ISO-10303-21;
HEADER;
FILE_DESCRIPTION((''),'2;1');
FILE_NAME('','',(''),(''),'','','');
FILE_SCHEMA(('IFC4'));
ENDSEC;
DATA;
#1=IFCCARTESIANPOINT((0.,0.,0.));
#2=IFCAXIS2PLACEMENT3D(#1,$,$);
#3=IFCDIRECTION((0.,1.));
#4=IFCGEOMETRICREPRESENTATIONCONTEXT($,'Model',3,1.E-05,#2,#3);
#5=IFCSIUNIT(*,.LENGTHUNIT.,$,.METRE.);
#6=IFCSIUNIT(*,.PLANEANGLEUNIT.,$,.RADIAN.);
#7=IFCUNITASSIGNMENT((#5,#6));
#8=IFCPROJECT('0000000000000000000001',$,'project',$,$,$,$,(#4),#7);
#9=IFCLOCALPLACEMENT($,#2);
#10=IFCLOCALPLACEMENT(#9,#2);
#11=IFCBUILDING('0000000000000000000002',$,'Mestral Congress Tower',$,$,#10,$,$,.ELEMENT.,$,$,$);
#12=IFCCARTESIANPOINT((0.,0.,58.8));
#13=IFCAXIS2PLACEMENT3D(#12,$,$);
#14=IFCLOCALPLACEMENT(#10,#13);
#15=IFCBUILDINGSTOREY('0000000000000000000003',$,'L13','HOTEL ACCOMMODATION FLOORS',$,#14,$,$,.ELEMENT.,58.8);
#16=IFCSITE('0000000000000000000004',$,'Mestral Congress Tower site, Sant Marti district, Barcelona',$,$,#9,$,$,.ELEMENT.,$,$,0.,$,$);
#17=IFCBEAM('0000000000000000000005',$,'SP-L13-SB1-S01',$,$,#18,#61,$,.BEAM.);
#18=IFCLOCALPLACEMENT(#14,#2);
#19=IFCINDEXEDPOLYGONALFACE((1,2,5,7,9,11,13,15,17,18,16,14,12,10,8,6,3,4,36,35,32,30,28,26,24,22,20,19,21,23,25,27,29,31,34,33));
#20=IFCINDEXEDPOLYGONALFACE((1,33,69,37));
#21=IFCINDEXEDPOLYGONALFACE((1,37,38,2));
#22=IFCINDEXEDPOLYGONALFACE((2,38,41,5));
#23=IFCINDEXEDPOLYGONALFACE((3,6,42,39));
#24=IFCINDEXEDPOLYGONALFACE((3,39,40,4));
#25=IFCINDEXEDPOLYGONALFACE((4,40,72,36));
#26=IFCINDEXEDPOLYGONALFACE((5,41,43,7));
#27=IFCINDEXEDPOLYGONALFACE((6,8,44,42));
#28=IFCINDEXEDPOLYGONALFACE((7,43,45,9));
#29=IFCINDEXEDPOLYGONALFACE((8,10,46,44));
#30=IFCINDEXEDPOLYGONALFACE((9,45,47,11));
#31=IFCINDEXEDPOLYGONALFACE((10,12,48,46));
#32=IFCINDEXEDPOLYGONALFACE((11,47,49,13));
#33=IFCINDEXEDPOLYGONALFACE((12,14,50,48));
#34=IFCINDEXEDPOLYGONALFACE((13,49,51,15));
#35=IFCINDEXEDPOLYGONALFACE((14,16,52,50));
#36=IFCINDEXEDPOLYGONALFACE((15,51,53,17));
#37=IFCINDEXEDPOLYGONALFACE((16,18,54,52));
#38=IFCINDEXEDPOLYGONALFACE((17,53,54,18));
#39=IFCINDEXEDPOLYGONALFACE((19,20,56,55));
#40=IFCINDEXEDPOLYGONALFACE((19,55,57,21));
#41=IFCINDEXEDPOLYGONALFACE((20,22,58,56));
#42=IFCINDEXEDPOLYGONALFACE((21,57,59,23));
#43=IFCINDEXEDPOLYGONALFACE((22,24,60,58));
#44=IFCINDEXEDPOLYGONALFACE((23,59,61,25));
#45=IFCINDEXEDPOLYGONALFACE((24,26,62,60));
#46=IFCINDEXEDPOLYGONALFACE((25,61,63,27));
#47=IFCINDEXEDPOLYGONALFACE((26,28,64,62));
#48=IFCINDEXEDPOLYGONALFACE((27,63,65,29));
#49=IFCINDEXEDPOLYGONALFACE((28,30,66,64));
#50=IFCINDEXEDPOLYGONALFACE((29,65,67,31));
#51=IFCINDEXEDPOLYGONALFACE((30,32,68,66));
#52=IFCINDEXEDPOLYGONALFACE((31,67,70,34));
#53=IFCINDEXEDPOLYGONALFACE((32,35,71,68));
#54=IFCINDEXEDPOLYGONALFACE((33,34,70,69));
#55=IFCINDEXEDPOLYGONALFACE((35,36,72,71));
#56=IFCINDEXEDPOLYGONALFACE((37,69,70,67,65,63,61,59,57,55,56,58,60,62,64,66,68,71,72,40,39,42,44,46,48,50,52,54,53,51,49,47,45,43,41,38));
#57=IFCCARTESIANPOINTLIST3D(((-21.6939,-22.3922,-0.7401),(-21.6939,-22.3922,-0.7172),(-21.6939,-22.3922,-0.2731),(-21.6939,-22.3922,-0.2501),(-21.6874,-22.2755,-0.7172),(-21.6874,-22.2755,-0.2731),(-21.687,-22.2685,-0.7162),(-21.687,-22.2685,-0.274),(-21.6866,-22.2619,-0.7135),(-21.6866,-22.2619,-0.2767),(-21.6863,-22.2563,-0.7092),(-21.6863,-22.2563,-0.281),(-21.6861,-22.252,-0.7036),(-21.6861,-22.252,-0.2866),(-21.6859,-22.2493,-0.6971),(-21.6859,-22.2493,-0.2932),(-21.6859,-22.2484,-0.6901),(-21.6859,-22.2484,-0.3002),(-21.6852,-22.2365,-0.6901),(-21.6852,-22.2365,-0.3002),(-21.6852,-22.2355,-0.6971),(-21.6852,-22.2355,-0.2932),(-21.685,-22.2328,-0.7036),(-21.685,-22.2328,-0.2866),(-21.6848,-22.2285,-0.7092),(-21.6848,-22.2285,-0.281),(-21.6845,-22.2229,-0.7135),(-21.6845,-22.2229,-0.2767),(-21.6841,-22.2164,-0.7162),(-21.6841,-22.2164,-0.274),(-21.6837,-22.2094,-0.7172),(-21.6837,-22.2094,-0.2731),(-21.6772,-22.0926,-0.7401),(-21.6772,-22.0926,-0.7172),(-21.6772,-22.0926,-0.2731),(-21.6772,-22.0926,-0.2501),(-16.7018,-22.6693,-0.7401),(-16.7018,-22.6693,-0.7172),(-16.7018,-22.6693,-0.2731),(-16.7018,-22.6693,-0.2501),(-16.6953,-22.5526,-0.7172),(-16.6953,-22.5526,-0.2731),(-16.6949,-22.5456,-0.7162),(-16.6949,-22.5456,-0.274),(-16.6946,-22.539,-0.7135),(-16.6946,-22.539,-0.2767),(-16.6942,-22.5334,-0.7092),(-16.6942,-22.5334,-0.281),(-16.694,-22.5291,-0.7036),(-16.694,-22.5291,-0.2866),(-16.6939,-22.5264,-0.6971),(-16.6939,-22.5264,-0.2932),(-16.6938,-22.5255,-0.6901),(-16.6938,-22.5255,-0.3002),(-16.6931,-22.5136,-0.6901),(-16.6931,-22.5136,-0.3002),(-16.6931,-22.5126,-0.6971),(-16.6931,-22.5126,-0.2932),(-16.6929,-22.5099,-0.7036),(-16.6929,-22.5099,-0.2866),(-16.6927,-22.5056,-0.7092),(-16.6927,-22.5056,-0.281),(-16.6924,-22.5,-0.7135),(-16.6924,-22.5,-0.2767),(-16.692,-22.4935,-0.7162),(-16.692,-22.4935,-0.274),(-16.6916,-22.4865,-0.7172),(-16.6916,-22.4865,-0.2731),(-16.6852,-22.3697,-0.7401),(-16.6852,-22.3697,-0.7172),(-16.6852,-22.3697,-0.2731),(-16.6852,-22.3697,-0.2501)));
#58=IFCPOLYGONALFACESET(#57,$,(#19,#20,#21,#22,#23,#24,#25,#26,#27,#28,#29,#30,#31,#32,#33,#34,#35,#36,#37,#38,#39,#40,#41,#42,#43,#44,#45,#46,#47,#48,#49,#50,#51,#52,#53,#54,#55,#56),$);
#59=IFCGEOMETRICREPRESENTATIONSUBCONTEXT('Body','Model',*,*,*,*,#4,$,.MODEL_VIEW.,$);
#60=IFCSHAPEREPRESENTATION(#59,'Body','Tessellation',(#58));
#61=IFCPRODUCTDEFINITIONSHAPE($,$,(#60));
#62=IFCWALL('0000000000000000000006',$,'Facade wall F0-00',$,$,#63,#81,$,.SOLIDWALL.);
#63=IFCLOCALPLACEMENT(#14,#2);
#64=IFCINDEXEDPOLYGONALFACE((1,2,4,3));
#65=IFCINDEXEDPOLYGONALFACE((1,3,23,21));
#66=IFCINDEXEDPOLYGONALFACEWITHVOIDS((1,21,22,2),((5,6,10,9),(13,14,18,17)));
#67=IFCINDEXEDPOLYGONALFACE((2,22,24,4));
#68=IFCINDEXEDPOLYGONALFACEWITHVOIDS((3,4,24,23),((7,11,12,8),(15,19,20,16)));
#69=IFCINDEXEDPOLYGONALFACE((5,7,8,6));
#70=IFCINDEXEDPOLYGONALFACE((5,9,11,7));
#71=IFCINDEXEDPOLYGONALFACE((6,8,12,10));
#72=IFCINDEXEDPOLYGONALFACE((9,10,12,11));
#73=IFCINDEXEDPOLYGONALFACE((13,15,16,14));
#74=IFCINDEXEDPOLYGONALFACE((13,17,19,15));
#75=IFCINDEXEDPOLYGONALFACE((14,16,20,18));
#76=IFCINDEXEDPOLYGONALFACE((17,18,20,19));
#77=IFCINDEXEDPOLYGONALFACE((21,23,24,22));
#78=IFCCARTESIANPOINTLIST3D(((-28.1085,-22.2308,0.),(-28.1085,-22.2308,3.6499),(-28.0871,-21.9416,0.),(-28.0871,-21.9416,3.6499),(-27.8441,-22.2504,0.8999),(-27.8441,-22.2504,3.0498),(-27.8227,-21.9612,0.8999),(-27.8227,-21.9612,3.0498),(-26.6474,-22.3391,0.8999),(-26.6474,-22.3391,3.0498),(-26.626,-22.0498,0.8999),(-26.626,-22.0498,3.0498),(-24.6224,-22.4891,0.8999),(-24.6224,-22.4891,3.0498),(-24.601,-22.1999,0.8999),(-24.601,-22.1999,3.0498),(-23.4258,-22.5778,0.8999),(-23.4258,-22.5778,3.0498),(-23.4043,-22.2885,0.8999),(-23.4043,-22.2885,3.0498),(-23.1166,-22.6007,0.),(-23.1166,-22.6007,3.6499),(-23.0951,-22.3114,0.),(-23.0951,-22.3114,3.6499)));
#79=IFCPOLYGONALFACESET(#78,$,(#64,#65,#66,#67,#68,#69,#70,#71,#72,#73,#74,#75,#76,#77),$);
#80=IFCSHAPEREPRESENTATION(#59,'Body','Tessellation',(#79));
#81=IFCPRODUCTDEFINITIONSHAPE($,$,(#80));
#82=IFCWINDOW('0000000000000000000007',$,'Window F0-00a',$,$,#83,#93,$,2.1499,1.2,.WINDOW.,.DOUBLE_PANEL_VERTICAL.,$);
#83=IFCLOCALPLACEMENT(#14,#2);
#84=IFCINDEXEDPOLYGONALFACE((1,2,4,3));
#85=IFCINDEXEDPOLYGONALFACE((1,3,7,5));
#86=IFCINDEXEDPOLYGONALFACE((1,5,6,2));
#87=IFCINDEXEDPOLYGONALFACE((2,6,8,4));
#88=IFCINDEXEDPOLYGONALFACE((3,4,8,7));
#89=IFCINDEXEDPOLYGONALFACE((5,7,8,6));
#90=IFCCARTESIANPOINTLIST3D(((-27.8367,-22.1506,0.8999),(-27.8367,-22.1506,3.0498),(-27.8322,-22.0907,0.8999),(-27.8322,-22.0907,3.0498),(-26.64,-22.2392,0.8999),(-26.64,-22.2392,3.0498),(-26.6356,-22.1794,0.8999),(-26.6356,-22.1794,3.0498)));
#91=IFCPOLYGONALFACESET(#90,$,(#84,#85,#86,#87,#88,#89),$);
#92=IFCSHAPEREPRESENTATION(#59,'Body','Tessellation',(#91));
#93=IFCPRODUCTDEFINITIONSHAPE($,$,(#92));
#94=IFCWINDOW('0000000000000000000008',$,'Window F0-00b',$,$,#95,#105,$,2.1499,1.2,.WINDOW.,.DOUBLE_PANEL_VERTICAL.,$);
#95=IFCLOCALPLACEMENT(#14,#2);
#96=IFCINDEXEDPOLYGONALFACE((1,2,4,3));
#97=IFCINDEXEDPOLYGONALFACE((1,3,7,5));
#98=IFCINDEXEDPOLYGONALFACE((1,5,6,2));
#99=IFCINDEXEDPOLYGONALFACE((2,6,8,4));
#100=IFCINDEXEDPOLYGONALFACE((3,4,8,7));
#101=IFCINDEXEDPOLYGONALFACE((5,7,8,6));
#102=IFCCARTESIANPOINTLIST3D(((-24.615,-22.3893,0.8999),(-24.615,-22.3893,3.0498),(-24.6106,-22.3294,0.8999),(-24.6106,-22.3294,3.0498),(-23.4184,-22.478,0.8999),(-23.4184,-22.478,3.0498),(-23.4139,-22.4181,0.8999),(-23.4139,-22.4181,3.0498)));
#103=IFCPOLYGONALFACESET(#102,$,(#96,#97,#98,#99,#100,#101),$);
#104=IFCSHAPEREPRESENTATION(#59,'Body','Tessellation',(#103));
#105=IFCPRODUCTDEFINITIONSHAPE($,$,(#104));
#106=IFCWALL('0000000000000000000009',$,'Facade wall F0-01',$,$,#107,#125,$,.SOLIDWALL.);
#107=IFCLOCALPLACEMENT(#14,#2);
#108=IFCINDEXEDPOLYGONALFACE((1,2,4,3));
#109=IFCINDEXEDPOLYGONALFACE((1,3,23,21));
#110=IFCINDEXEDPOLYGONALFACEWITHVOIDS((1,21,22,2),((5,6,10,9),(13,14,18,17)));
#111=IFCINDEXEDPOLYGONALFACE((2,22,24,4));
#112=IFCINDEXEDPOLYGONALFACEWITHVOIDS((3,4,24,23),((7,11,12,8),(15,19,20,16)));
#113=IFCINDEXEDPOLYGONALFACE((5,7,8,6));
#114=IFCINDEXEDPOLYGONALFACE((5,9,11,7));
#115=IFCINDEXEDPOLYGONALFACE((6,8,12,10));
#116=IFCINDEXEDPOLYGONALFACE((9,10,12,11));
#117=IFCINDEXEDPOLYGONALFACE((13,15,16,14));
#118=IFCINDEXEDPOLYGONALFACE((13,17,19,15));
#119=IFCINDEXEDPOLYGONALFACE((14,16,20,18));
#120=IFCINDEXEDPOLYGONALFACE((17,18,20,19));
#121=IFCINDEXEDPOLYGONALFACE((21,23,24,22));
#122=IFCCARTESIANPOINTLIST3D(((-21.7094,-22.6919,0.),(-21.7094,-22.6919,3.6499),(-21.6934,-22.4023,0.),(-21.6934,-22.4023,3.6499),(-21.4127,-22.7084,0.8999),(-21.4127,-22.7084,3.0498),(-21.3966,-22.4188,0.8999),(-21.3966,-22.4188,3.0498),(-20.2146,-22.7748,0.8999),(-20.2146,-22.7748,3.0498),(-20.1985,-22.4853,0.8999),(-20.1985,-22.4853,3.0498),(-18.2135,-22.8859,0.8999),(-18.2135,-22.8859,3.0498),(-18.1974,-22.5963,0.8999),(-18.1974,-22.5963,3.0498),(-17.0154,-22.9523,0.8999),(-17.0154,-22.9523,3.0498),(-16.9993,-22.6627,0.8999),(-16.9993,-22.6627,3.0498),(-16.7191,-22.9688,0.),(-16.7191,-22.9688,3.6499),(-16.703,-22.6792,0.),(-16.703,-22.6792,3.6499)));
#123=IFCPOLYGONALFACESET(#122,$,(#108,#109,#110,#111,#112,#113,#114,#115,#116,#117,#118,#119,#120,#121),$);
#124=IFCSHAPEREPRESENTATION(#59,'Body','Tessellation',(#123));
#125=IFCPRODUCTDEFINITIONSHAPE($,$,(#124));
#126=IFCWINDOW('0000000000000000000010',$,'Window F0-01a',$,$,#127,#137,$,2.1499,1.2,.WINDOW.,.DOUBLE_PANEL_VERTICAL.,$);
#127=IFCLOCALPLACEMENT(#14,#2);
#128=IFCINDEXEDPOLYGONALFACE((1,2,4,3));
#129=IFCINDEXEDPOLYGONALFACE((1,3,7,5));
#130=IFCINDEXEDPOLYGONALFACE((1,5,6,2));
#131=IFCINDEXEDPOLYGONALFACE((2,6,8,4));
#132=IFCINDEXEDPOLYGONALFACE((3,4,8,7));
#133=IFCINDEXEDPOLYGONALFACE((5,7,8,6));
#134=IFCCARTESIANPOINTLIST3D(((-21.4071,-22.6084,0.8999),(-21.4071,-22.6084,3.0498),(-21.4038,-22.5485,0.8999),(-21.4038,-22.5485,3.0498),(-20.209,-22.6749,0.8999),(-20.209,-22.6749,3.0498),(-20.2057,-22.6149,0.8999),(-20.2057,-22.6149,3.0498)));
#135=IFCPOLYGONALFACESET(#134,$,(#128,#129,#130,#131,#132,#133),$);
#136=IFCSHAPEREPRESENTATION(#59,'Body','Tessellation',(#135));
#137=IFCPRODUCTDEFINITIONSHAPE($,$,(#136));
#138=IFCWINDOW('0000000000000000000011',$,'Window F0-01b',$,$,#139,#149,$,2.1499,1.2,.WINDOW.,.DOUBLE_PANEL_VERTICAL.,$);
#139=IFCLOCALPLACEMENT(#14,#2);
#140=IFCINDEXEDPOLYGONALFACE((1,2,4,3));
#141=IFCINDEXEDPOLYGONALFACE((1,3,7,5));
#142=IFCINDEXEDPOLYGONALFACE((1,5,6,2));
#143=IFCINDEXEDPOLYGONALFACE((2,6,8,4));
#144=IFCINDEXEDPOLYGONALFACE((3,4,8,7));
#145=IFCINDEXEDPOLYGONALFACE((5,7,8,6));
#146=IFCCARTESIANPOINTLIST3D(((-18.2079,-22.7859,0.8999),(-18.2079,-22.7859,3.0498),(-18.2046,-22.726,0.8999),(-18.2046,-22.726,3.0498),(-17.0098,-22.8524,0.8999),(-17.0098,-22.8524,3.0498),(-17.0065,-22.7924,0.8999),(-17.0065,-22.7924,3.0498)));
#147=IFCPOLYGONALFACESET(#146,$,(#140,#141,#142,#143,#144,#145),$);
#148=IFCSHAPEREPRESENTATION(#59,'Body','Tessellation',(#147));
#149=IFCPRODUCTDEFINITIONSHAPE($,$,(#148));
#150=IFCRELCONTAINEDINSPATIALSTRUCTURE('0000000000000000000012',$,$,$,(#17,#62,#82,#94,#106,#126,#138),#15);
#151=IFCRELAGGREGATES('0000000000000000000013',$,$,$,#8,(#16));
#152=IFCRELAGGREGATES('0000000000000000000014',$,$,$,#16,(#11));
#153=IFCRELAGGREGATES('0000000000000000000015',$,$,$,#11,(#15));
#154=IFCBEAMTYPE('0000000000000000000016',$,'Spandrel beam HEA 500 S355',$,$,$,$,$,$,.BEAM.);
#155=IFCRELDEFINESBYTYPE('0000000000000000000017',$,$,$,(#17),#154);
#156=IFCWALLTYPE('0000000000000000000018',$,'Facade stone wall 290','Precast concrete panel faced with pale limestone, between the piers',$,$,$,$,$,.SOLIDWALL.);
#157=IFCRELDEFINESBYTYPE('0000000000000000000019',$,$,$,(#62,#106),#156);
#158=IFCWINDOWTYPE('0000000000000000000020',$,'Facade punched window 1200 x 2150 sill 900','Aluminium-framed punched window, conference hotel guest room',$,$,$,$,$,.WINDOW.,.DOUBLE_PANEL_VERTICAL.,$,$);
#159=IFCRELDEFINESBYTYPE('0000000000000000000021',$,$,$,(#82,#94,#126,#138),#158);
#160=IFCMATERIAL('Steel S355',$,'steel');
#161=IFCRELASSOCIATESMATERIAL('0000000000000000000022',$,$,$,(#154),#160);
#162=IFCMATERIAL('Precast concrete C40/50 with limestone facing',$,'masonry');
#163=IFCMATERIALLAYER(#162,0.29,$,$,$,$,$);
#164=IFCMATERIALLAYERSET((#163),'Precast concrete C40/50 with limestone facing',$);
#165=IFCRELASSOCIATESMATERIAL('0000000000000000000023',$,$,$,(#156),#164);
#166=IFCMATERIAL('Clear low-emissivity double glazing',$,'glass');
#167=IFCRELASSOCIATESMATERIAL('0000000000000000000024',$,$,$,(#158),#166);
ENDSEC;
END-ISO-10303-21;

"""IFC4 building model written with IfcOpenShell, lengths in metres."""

from ifc_helpers import new_model, si_unit, direction, frame, frame_2d, origin, origin_2d, place, context, subcontext, project, spatial, rectangle, i_section, extrude, material, layer, layer_set, material_profile, profile_set, type_object, element, fill, save


model = new_model("IFC4")

# Units and contexts
model_context = context("Model", 3, precision=1e-05, world=origin(), true_north=direction((0.0, 1.0)))
body_context = subcontext(model_context, "Body", "Model", "MODEL_VIEW")
ifc_project = project(units=[si_unit("LENGTHUNIT", "METRE"), si_unit("PLANEANGLEUNIT", "RADIAN")], contexts=[model_context])

# Site, building, storey
site_placement = place(None, origin())
site = spatial("IfcSite", under=ifc_project, at=site_placement, Name="Mestral Congress Tower site, Sant Marti district, Barcelona", CompositionType="ELEMENT", RefElevation=0.0)
building_placement = place(site_placement, origin())
building = spatial("IfcBuilding", under=site, at=building_placement, Name="Mestral Congress Tower", CompositionType="ELEMENT")
storey_placement = place(building_placement, frame((0.0, 0.0, 58.8)))
storey = spatial("IfcBuildingStorey", under=building, at=storey_placement, Name="L13", Description="HOTEL ACCOMMODATION FLOORS", CompositionType="ELEMENT", Elevation=58.8)

# Beam
ifc_material_1 = material(Name="Steel S355", Category="steel")
ifc_material_profile_1 = material_profile(ifc_material_1, i_section(OverallWidth=0.3, OverallDepth=0.49, WebThickness=0.012, FlangeThickness=0.0229, FilletRadius=0.0271, at=origin_2d()), Name="HEA 500")
ifc_profile_set_1 = profile_set([ifc_material_profile_1], Name="Steel S355")
beam_type_1 = type_object("IfcBeamType", Name="Spandrel beam HEA 500 S355", PredefinedType="BEAM", material=ifc_profile_set_1)
beam_1_placement = place(storey_placement, frame((-21.6855, -22.2424, -0.4951), z_axis=(0.998463, -0.055421, 0.0), x_axis=(0.055421, 0.998463, 0.0)))
element("IfcBeam", 1, at=beam_1_placement, inside=storey, type_object=beam_type_1, Name="SP-L13-SB1-S01", PredefinedType="BEAM", context=body_context, shape_type="SweptSolid", body=[
    extrude(i_section(OverallWidth=0.3, OverallDepth=0.49, WebThickness=0.012, FlangeThickness=0.0229, FilletRadius=0.0271, at=origin_2d()), origin(), (0.0, 0.0, 1.0), 4.9998),
])

# Walls, openings, windows
ifc_material_2 = material(Name="Precast concrete C40/50 with limestone facing", Category="masonry")
ifc_layer_1 = layer(ifc_material_2, 0.29)
ifc_layer_set_1 = layer_set([ifc_layer_1], Name="Precast concrete C40/50 with limestone facing")
wall_type_1 = type_object("IfcWallType", Name="Facade stone wall 290", Description="Precast concrete panel faced with pale limestone, between the piers", PredefinedType="SOLIDWALL", material=ifc_layer_set_1)
wall_1_placement = place(storey_placement, frame((-28.0979, -22.0862, 0.0), z_axis=(0.0, 0.0, 1.0), x_axis=(0.997266, -0.073891, 0.0)))
wall_1 = element("IfcWall", 2, at=wall_1_placement, inside=storey, type_object=wall_type_1, Name="Facade wall F0-00", PredefinedType="SOLIDWALL", context=body_context, shape_type="SweptSolid", body=[
    extrude(rectangle(XDim=5.0056, YDim=0.29, at=frame_2d((2.5029, 0.0))), origin(), (0.0, 0.0, 1.0), 3.6499),
])
opening_1_placement = place(wall_1_placement, frame((0.2651, 0.0, 0.8999)))
opening_1 = element("IfcOpeningElement", 3, at=opening_1_placement, cuts=wall_1, PredefinedType="OPENING", context=body_context, shape_type="SweptSolid", body=[
    extrude(rectangle(XDim=1.2, YDim=2.1499, at=frame_2d((0.6001, 1.075))), frame((0.0, 0.155, 0.0), z_axis=(0.0, -1.0, 0.0), x_axis=(1.0, 0.0, 0.0)), (0.0, 0.0, 1.0), 0.3101),
])
opening_2_placement = place(wall_1_placement, frame((3.4956, 0.0, 0.8999)))
opening_2 = element("IfcOpeningElement", 4, at=opening_2_placement, cuts=wall_1, PredefinedType="OPENING", context=body_context, shape_type="SweptSolid", body=[
    extrude(rectangle(XDim=1.2, YDim=2.1499, at=frame_2d((0.6001, 1.075))), frame((0.0, 0.155, 0.0), z_axis=(0.0, -1.0, 0.0), x_axis=(1.0, 0.0, 0.0)), (0.0, 0.0, 1.0), 0.3101),
])
ifc_material_3 = material(Name="Clear low-emissivity double glazing", Category="glass")
window_type = type_object("IfcWindowType", Name="Facade punched window 1200 x 2150 sill 900", Description="Aluminium-framed punched window, conference hotel guest room", PartitioningType="DOUBLE_PANEL_VERTICAL", PredefinedType="WINDOW", material=ifc_material_3)
window_1_placement = place(opening_1_placement, origin())
window_1 = element("IfcWindow", 5, at=window_1_placement, inside=storey, type_object=window_type, Name="Window F0-00a", OverallHeight=2.1499, OverallWidth=1.2, PartitioningType="DOUBLE_PANEL_VERTICAL", PredefinedType="WINDOW", context=body_context, shape_type="SweptSolid", body=[
    extrude(rectangle(XDim=1.2, YDim=2.1499, at=frame_2d((0.6001, 1.075))), frame((0.0, 0.0151, 0.0), z_axis=(0.0, -1.0, 0.0), x_axis=(1.0, 0.0, 0.0)), (0.0, 0.0, 1.0), 0.0601),
])
fill(opening_1, window_1)
window_2_placement = place(opening_2_placement, origin())
window_2 = element("IfcWindow", 6, at=window_2_placement, inside=storey, type_object=window_type, Name="Window F0-00b", OverallHeight=2.1499, OverallWidth=1.2, PartitioningType="DOUBLE_PANEL_VERTICAL", PredefinedType="WINDOW", context=body_context, shape_type="SweptSolid", body=[
    extrude(rectangle(XDim=1.2, YDim=2.1499, at=frame_2d((0.6001, 1.075))), frame((0.0, 0.0151, 0.0), z_axis=(0.0, -1.0, 0.0), x_axis=(1.0, 0.0, 0.0)), (0.0, 0.0, 1.0), 0.0601),
])
fill(opening_2, window_2)
wall_2_placement = place(storey_placement, frame((-21.7014, -22.5471, 0.0), z_axis=(0.0, 0.0, 1.0), x_axis=(0.998465, -0.055392, 0.0)))
wall_2 = element("IfcWall", 7, at=wall_2_placement, inside=storey, type_object=wall_type_1, Name="Facade wall F0-01", PredefinedType="SOLIDWALL", context=body_context, shape_type="SweptSolid", body=[
    extrude(rectangle(XDim=4.998, YDim=0.29, at=frame_2d((2.499, 0.0))), origin(), (0.0, 0.0, 1.0), 3.6499),
])
opening_3_placement = place(wall_2_placement, frame((0.2971, 0.0, 0.8999)))
opening_3 = element("IfcOpeningElement", 8, at=opening_3_placement, cuts=wall_2, PredefinedType="OPENING", context=body_context, shape_type="SweptSolid", body=[
    extrude(rectangle(XDim=1.2, YDim=2.1499, at=frame_2d((0.6001, 1.075))), frame((0.0, 0.155, 0.0), z_axis=(0.0, -1.0, 0.0), x_axis=(1.0, 0.0, 0.0)), (0.0, 0.0, 1.0), 0.3101),
])
opening_4_placement = place(wall_2_placement, frame((3.5012, 0.0, 0.8999)))
opening_4 = element("IfcOpeningElement", 9, at=opening_4_placement, cuts=wall_2, PredefinedType="OPENING", context=body_context, shape_type="SweptSolid", body=[
    extrude(rectangle(XDim=1.2, YDim=2.1499, at=frame_2d((0.6001, 1.075))), frame((0.0, 0.155, 0.0), z_axis=(0.0, -1.0, 0.0), x_axis=(1.0, 0.0, 0.0)), (0.0, 0.0, 1.0), 0.3101),
])
window_3_placement = place(opening_3_placement, origin())
window_3 = element("IfcWindow", 10, at=window_3_placement, inside=storey, type_object=window_type, Name="Window F0-01a", OverallHeight=2.1499, OverallWidth=1.2, PartitioningType="DOUBLE_PANEL_VERTICAL", PredefinedType="WINDOW", context=body_context, shape_type="SweptSolid", body=[
    extrude(rectangle(XDim=1.2, YDim=2.1499, at=frame_2d((0.6001, 1.075))), frame((0.0, 0.0151, 0.0), z_axis=(0.0, -1.0, 0.0), x_axis=(1.0, 0.0, 0.0)), (0.0, 0.0, 1.0), 0.0601),
])
fill(opening_3, window_3)
window_4_placement = place(opening_4_placement, origin())
window_4 = element("IfcWindow", 11, at=window_4_placement, inside=storey, type_object=window_type, Name="Window F0-01b", OverallHeight=2.1499, OverallWidth=1.2, PartitioningType="DOUBLE_PANEL_VERTICAL", PredefinedType="WINDOW", context=body_context, shape_type="SweptSolid", body=[
    extrude(rectangle(XDim=1.2, YDim=2.1499, at=frame_2d((0.6001, 1.075))), frame((0.0, 0.0151, 0.0), z_axis=(0.0, -1.0, 0.0), x_axis=(1.0, 0.0, 0.0)), (0.0, 0.0, 1.0), 0.0601),
])
fill(opening_4, window_4)

save(model, "model.ifc")
